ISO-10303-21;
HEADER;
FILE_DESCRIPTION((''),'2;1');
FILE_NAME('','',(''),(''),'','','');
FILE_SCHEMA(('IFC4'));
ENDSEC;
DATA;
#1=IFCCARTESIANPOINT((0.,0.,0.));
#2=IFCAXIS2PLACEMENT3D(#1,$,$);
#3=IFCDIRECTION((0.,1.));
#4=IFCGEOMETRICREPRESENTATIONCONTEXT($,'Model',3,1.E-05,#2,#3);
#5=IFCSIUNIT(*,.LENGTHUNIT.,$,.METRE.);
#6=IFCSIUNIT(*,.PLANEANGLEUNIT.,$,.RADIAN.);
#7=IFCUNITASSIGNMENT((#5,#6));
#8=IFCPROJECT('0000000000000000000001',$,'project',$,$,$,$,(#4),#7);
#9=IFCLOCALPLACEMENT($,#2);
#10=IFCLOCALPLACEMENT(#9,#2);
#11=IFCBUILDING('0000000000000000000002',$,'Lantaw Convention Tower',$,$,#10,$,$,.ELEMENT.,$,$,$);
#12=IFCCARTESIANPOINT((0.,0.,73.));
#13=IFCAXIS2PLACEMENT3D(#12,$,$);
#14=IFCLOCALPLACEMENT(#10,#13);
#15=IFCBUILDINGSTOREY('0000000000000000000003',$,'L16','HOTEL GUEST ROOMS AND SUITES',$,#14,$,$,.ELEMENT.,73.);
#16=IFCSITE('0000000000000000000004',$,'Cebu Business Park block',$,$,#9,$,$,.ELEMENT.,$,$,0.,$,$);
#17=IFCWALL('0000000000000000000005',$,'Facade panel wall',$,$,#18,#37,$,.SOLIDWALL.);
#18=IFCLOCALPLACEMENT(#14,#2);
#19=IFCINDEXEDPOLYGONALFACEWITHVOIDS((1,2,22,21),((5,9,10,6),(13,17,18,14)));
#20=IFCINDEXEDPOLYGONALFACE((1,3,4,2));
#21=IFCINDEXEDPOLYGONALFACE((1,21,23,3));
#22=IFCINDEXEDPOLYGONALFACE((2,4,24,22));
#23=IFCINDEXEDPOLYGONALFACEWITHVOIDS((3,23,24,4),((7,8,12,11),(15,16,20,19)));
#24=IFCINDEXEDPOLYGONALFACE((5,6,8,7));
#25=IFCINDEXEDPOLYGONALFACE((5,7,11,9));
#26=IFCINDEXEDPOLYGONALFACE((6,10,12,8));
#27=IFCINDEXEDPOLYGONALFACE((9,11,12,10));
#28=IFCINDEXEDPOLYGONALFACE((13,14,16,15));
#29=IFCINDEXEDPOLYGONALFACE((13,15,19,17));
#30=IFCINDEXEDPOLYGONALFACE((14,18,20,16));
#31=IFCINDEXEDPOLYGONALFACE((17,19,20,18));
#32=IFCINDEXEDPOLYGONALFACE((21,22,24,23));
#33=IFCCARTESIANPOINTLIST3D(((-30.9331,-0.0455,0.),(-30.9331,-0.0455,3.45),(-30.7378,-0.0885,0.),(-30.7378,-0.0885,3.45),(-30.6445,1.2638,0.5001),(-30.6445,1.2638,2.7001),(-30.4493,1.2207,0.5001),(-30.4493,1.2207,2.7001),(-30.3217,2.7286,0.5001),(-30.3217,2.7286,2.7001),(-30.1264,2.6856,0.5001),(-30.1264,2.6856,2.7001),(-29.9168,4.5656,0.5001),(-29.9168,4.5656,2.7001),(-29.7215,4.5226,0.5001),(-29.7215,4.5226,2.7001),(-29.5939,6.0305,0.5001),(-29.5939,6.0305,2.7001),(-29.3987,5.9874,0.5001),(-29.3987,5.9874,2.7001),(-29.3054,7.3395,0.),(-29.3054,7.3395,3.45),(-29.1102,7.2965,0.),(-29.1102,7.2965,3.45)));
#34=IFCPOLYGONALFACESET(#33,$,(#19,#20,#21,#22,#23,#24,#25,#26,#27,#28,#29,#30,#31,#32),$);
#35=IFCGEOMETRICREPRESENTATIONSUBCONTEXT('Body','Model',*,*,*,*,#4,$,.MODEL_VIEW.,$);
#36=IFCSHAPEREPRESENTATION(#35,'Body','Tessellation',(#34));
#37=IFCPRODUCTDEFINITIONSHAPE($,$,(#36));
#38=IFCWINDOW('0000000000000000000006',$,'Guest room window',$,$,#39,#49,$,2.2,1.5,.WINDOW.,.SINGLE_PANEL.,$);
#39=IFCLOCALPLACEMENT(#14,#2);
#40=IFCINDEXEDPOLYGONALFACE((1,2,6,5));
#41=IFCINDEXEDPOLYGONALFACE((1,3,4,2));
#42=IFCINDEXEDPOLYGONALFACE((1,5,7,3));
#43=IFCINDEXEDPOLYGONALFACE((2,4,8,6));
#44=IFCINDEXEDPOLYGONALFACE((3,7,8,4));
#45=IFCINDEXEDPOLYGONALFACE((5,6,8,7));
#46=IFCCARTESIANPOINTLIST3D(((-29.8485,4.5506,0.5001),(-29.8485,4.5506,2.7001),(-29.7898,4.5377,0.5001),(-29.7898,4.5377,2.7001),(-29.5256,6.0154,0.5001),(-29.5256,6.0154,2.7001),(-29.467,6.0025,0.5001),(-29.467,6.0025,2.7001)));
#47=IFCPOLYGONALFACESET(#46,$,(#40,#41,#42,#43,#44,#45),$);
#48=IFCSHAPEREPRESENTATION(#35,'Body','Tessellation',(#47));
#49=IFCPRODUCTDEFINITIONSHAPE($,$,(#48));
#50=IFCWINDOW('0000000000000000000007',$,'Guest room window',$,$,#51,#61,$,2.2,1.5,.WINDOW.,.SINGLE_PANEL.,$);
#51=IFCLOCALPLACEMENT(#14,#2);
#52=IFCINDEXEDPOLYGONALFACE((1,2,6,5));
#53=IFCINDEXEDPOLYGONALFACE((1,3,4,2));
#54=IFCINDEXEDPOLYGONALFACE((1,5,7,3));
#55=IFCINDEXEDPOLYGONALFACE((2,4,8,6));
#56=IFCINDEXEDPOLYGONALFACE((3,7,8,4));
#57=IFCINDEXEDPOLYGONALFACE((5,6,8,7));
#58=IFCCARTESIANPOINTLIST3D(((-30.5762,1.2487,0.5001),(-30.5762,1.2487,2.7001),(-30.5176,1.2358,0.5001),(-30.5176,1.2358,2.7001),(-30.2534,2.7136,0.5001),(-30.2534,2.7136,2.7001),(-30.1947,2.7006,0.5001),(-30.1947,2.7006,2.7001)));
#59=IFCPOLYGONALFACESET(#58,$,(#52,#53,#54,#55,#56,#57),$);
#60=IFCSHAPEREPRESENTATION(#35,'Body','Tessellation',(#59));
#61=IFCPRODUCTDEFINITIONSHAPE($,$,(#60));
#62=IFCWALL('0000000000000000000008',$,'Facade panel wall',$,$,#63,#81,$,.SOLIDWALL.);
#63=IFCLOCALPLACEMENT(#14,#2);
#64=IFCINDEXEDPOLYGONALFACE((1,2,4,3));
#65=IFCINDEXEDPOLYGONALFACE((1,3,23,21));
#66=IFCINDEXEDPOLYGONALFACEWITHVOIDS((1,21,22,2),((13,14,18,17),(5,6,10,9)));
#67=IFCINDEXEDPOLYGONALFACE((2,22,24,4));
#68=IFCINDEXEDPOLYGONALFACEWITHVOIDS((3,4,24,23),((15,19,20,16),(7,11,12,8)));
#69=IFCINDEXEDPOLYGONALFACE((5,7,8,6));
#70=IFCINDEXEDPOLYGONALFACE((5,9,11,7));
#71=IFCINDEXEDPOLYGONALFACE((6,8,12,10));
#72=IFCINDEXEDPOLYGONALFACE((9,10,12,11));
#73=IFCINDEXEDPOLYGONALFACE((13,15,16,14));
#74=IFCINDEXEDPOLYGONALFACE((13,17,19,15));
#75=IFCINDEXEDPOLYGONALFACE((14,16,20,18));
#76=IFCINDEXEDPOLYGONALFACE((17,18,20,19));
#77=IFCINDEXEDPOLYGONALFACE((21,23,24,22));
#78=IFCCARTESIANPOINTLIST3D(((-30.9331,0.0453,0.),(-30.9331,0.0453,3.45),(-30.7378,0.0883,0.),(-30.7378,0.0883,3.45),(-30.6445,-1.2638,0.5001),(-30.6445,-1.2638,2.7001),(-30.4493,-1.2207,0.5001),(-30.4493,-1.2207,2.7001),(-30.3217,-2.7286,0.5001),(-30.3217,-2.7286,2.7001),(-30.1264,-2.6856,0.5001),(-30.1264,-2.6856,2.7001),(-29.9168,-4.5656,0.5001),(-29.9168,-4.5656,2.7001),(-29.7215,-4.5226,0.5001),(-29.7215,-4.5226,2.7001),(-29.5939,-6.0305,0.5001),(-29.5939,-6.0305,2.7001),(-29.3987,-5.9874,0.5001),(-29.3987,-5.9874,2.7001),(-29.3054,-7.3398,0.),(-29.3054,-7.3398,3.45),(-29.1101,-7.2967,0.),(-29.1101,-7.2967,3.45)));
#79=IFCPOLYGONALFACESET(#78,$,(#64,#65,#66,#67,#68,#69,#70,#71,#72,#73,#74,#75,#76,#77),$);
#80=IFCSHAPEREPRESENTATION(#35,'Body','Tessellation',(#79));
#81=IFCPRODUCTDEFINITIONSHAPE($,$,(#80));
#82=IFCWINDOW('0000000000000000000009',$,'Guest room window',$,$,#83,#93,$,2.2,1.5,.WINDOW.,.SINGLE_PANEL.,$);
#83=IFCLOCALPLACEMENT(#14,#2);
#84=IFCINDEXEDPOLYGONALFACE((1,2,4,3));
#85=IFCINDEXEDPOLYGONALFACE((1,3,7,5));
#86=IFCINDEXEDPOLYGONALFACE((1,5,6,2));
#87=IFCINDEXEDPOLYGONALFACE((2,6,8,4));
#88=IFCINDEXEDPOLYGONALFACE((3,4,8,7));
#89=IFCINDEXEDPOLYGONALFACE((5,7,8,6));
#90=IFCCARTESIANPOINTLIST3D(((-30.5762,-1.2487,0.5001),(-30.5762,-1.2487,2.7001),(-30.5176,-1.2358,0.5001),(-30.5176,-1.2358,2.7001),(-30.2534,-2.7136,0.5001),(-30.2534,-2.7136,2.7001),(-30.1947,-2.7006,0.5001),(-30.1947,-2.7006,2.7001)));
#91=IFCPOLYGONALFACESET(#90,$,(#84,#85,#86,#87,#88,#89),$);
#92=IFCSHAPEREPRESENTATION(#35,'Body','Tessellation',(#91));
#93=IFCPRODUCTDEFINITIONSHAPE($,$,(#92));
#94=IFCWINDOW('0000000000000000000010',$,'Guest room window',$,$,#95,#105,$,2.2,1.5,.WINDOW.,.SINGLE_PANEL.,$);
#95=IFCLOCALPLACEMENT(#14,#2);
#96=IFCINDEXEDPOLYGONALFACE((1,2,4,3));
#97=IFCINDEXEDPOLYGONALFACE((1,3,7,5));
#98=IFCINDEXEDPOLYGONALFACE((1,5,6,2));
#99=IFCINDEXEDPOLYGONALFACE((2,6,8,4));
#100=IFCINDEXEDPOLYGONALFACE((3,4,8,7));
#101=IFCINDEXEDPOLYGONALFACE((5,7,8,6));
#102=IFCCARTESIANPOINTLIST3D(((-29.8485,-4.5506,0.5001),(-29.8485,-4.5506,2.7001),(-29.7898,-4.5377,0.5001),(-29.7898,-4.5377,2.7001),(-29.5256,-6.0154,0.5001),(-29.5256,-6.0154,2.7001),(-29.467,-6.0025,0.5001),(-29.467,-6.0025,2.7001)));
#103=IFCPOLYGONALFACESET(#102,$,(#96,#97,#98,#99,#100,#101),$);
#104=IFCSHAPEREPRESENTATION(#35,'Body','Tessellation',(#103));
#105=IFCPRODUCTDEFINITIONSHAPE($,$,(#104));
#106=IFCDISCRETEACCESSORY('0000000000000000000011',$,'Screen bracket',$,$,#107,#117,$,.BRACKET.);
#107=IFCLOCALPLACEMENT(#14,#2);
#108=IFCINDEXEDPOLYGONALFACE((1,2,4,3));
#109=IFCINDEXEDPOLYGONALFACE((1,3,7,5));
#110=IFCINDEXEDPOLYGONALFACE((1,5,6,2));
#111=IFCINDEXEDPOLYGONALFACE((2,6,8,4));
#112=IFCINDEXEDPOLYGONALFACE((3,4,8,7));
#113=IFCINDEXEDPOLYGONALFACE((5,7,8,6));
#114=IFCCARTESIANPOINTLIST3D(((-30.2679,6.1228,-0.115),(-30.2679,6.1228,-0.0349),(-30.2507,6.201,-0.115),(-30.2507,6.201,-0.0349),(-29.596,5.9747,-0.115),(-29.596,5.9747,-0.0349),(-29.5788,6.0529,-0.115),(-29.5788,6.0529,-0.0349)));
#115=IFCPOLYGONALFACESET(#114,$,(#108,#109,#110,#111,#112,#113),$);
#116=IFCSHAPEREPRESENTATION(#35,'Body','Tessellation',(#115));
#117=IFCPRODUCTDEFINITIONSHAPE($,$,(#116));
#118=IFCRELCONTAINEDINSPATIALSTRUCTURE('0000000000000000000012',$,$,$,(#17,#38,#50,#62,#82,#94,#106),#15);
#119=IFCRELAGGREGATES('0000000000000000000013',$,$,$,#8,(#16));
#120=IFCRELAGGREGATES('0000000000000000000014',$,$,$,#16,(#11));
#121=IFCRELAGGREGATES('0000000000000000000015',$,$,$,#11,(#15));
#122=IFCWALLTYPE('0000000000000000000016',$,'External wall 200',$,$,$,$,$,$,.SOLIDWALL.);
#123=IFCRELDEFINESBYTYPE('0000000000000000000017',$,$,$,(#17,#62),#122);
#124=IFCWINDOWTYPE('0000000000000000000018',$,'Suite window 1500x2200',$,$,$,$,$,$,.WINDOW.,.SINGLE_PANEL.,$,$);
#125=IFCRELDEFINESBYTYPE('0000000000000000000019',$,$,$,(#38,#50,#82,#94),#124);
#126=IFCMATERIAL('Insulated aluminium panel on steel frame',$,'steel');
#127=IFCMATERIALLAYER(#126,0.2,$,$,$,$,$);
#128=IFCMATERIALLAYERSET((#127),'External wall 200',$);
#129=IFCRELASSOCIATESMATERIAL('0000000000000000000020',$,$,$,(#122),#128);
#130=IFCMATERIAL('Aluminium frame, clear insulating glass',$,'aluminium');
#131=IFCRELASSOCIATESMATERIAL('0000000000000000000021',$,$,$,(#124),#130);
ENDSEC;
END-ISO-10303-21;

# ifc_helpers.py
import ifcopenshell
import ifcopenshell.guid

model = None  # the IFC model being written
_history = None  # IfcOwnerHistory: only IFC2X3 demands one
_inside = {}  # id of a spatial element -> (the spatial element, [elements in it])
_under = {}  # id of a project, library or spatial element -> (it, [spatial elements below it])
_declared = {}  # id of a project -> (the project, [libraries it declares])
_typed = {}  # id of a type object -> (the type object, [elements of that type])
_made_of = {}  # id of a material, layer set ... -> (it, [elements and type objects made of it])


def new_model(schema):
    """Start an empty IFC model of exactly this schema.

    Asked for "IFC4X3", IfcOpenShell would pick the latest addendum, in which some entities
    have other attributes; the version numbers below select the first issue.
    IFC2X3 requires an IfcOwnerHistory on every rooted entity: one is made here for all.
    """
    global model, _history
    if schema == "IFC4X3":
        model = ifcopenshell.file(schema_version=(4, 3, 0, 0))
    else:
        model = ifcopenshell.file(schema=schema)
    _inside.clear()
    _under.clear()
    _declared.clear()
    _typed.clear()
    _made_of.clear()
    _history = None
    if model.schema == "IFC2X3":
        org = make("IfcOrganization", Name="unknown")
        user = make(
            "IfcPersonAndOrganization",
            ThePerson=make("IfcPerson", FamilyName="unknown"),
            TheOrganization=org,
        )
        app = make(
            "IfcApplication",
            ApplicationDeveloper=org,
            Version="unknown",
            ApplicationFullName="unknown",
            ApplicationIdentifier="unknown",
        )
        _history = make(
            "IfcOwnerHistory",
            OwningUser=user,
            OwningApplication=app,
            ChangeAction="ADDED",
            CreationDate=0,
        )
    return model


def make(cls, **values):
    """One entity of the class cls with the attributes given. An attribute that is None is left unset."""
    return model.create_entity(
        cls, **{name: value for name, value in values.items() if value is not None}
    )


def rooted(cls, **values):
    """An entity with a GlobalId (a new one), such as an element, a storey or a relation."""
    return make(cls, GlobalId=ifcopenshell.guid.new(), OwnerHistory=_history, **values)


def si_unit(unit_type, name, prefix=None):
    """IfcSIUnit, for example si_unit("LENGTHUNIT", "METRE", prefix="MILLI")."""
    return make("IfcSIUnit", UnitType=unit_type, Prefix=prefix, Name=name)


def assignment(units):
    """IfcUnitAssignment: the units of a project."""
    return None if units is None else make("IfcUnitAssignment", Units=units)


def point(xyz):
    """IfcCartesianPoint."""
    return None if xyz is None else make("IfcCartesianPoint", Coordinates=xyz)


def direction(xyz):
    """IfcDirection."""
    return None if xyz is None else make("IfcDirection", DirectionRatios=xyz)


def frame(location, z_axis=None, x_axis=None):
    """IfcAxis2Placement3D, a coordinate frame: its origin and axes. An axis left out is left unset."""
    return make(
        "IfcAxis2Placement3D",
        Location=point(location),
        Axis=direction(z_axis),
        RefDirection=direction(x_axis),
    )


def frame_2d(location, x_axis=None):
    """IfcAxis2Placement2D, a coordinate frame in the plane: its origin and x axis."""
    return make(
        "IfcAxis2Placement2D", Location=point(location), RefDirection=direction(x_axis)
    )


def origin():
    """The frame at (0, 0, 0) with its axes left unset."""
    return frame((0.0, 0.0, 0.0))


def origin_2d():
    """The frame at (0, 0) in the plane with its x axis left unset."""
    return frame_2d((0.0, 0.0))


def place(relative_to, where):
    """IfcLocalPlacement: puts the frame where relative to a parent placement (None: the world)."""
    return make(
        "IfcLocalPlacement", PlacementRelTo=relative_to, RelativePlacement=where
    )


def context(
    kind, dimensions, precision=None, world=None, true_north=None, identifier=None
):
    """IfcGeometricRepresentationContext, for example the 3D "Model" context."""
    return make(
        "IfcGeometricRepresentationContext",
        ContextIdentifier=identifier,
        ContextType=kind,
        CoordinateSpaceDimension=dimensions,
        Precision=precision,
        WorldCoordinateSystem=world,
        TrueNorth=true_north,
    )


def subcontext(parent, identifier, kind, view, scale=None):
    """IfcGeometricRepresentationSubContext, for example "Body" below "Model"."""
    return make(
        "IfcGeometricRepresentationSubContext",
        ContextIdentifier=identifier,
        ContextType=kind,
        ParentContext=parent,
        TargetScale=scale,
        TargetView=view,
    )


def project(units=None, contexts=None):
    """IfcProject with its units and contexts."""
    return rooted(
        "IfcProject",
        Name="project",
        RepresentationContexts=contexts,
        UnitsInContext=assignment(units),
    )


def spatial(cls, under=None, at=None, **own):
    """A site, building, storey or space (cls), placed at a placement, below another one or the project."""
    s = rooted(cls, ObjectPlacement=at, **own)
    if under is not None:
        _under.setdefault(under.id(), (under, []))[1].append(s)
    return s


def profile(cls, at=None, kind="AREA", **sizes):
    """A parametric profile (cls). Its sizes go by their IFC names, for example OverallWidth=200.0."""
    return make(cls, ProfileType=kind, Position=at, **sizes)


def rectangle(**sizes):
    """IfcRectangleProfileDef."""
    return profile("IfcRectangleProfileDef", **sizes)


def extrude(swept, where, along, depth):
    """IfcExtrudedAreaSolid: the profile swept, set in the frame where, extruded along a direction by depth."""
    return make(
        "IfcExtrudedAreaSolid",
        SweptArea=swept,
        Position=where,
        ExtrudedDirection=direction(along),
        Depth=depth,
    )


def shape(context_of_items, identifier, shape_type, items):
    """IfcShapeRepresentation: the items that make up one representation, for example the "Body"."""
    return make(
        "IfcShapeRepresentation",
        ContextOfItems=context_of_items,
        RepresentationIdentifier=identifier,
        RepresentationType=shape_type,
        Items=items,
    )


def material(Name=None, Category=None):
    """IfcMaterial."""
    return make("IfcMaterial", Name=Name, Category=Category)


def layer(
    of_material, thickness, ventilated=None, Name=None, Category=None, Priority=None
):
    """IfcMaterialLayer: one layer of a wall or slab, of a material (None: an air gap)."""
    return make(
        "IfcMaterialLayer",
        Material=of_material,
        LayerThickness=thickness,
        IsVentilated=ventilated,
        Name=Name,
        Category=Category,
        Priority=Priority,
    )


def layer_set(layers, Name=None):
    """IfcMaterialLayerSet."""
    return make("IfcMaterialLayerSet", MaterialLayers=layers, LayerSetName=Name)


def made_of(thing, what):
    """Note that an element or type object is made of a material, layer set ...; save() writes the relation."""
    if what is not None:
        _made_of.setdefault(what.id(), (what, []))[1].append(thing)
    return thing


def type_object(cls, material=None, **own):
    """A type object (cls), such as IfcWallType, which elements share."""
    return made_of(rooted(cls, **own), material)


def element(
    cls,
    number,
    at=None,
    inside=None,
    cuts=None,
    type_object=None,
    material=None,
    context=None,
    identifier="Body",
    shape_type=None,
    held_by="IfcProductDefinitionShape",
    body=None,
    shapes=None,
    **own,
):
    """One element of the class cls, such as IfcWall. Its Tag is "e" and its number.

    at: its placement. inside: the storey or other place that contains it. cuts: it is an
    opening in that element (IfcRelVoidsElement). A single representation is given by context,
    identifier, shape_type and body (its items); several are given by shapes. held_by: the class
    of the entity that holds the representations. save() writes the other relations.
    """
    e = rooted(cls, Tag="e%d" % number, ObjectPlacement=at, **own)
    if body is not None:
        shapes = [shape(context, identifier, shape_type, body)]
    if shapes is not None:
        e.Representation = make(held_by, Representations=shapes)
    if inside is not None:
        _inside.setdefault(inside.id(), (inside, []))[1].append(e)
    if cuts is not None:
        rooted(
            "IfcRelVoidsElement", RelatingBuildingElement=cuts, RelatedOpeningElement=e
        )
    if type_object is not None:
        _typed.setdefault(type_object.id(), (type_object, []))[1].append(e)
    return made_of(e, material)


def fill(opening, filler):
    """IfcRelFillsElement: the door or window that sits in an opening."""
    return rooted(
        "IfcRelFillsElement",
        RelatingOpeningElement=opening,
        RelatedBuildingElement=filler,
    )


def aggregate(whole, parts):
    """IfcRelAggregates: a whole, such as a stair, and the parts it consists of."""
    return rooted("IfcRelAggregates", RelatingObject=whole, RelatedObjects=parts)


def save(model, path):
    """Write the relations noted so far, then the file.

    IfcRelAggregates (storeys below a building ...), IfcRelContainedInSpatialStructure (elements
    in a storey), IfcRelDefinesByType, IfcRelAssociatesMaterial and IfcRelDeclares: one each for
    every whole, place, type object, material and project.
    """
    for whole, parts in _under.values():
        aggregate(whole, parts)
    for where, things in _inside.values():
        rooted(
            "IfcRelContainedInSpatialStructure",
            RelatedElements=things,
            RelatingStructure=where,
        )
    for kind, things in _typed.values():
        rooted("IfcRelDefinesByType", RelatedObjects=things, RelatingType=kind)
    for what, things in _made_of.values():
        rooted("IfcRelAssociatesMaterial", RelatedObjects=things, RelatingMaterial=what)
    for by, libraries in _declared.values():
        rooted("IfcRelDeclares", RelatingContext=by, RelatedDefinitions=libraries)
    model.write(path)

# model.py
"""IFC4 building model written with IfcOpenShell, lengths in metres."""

from ifc_helpers import new_model, si_unit, direction, frame, frame_2d, origin, origin_2d, place, context, subcontext, project, spatial, rectangle, extrude, material, layer, layer_set, type_object, element, fill, save


model = new_model("IFC4")

# Units and contexts
model_context = context("Model", 3, precision=1e-05, world=origin(), true_north=direction((0.0, 1.0)))
body_context = subcontext(model_context, "Body", "Model", "MODEL_VIEW")
ifc_project = project(units=[si_unit("LENGTHUNIT", "METRE"), si_unit("PLANEANGLEUNIT", "RADIAN")], contexts=[model_context])

# Site, building, storey
site_placement = place(None, origin())
site = spatial("IfcSite", under=ifc_project, at=site_placement, Name="Cebu Business Park block", CompositionType="ELEMENT", RefElevation=0.0)
building_placement = place(site_placement, origin())
building = spatial("IfcBuilding", under=site, at=building_placement, Name="Lantaw Convention Tower", CompositionType="ELEMENT")
storey_placement = place(building_placement, frame((0.0, 0.0, 73.0)))
storey = spatial("IfcBuildingStorey", under=building, at=storey_placement, Name="L16", Description="HOTEL GUEST ROOMS AND SUITES", CompositionType="ELEMENT", Elevation=73.0)

# Walls, openings, windows
ifc_material_1 = material(Name="Insulated aluminium panel on steel frame", Category="steel")
ifc_layer_1 = layer(ifc_material_1, 0.2)
ifc_layer_set_1 = layer_set([ifc_layer_1], Name="External wall 200")
wall_type_1 = type_object("IfcWallType", Name="External wall 200", PredefinedType="SOLIDWALL", material=ifc_layer_set_1)
wall_1_placement = place(storey_placement, frame((-29.2078, 7.3181, 0.0), z_axis=(0.0, 0.0, 1.0), x_axis=(-0.215238, -0.976562, 0.0)))
wall_1 = element("IfcWall", 1, at=wall_1_placement, inside=storey, type_object=wall_type_1, Name="Facade panel wall", PredefinedType="SOLIDWALL", context=body_context, shape_type="SweptSolid", body=[
    extrude(rectangle(XDim=7.5623, YDim=0.2, at=frame_2d((3.7812, 0.0))), origin(), (0.0, 0.0, 1.0), 3.45),
])
opening_1_placement = place(wall_1_placement, frame((1.3406, 0.0, 0.5)))
opening_1 = element("IfcOpeningElement", 2, at=opening_1_placement, cuts=wall_1, PredefinedType="OPENING", context=body_context, shape_type="SweptSolid", body=[
    extrude(rectangle(XDim=1.5, YDim=2.2, at=frame_2d((0.75, 1.1001))), frame((0.0, 0.1099, 0.0), z_axis=(0.0, -1.0, 0.0), x_axis=(1.0, 0.0, 0.0)), (0.0, 0.0, 1.0), 0.22),
])
opening_2_placement = place(wall_1_placement, frame((4.7217, 0.0, 0.5)))
opening_2 = element("IfcOpeningElement", 3, at=opening_2_placement, cuts=wall_1, PredefinedType="OPENING", context=body_context, shape_type="SweptSolid", body=[
    extrude(rectangle(XDim=1.5, YDim=2.2, at=frame_2d((0.75, 1.1001))), frame((0.0, 0.1099, 0.0), z_axis=(0.0, -1.0, 0.0), x_axis=(1.0, 0.0, 0.0)), (0.0, 0.0, 1.0), 0.22),
])
ifc_material_2 = material(Name="Aluminium frame, clear insulating glass", Category="aluminium")
window_type = type_object("IfcWindowType", Name="Suite window 1500x2200", PartitioningType="SINGLE_PANEL", PredefinedType="WINDOW", material=ifc_material_2)
window_1_placement = place(opening_1_placement, origin())
window_1 = element("IfcWindow", 4, at=window_1_placement, inside=storey, type_object=window_type, Name="Guest room window", OverallHeight=2.2, OverallWidth=1.5, PartitioningType="SINGLE_PANEL", PredefinedType="WINDOW", context=body_context, shape_type="SweptSolid", body=[
    extrude(rectangle(XDim=1.5, YDim=2.2, at=frame_2d((0.75, 1.1001))), frame((0.0, 0.03, 0.0), z_axis=(0.0, -1.0, 0.0), x_axis=(1.0, 0.0, 0.0)), (0.0, 0.0, 1.0), 0.0601),
])
fill(opening_1, window_1)
window_2_placement = place(opening_2_placement, origin())
window_2 = element("IfcWindow", 5, at=window_2_placement, inside=storey, type_object=window_type, Name="Guest room window", OverallHeight=2.2, OverallWidth=1.5, PartitioningType="SINGLE_PANEL", PredefinedType="WINDOW", context=body_context, shape_type="SweptSolid", body=[
    extrude(rectangle(XDim=1.5, YDim=2.2, at=frame_2d((0.75, 1.1001))), frame((0.0, 0.03, 0.0), z_axis=(0.0, -1.0, 0.0), x_axis=(1.0, 0.0, 0.0)), (0.0, 0.0, 1.0), 0.0601),
])
fill(opening_2, window_2)
wall_2_placement = place(storey_placement, frame((-30.8354, 0.0669, 0.0), z_axis=(0.0, 0.0, 1.0), x_axis=(0.215238, -0.976562, 0.0)))
wall_2 = element("IfcWall", 6, at=wall_2_placement, inside=storey, type_object=wall_type_1, Name="Facade panel wall", PredefinedType="SOLIDWALL", context=body_context, shape_type="SweptSolid", body=[
    extrude(rectangle(XDim=7.5623, YDim=0.2, at=frame_2d((3.7812, 0.0))), origin(), (0.0, 0.0, 1.0), 3.45),
])
opening_3_placement = place(wall_2_placement, frame((1.3406, 0.0, 0.5)))
opening_3 = element("IfcOpeningElement", 7, at=opening_3_placement, cuts=wall_2, PredefinedType="OPENING", context=body_context, shape_type="SweptSolid", body=[
    extrude(rectangle(XDim=1.5, YDim=2.2, at=frame_2d((0.75, 1.1001))), frame((0.0, 0.1099, 0.0), z_axis=(0.0, -1.0, 0.0), x_axis=(1.0, 0.0, 0.0)), (0.0, 0.0, 1.0), 0.22),
])
opening_4_placement = place(wall_2_placement, frame((4.7217, 0.0, 0.5)))
opening_4 = element("IfcOpeningElement", 8, at=opening_4_placement, cuts=wall_2, PredefinedType="OPENING", context=body_context, shape_type="SweptSolid", body=[
    extrude(rectangle(XDim=1.5, YDim=2.2, at=frame_2d((0.75, 1.1001))), frame((0.0, 0.1099, 0.0), z_axis=(0.0, -1.0, 0.0), x_axis=(1.0, 0.0, 0.0)), (0.0, 0.0, 1.0), 0.22),
])
window_3_placement = place(opening_3_placement, origin())
window_3 = element("IfcWindow", 9, at=window_3_placement, inside=storey, type_object=window_type, Name="Guest room window", OverallHeight=2.2, OverallWidth=1.5, PartitioningType="SINGLE_PANEL", PredefinedType="WINDOW", context=body_context, shape_type="SweptSolid", body=[
    extrude(rectangle(XDim=1.5, YDim=2.2, at=frame_2d((0.75, 1.1001))), frame((0.0, 0.03, 0.0), z_axis=(0.0, -1.0, 0.0), x_axis=(1.0, 0.0, 0.0)), (0.0, 0.0, 1.0), 0.0601),
])
fill(opening_3, window_3)
window_4_placement = place(opening_4_placement, origin())
window_4 = element("IfcWindow", 10, at=window_4_placement, inside=storey, type_object=window_type, Name="Guest room window", OverallHeight=2.2, OverallWidth=1.5, PartitioningType="SINGLE_PANEL", PredefinedType="WINDOW", context=body_context, shape_type="SweptSolid", body=[
    extrude(rectangle(XDim=1.5, YDim=2.2, at=frame_2d((0.75, 1.1001))), frame((0.0, 0.03, 0.0), z_axis=(0.0, -1.0, 0.0), x_axis=(1.0, 0.0, 0.0)), (0.0, 0.0, 1.0), 0.0601),
])
fill(opening_4, window_4)

# Discrete accessory
discrete_accessory_placement = place(storey_placement, frame((-29.9233, 6.0879, -0.115), z_axis=(0.0, 0.0, 1.0), x_axis=(-0.215246, -0.97656, 0.0)))
element("IfcDiscreteAccessory", 11, at=discrete_accessory_placement, inside=storey, Name="Screen bracket", PredefinedType="BRACKET", context=body_context, shape_type="SweptSolid", body=[
    extrude(rectangle(XDim=0.0801, YDim=0.688, at=origin_2d()), origin(), (0.0, 0.0, 1.0), 0.0801),
])

save(model, "model.ifc")
